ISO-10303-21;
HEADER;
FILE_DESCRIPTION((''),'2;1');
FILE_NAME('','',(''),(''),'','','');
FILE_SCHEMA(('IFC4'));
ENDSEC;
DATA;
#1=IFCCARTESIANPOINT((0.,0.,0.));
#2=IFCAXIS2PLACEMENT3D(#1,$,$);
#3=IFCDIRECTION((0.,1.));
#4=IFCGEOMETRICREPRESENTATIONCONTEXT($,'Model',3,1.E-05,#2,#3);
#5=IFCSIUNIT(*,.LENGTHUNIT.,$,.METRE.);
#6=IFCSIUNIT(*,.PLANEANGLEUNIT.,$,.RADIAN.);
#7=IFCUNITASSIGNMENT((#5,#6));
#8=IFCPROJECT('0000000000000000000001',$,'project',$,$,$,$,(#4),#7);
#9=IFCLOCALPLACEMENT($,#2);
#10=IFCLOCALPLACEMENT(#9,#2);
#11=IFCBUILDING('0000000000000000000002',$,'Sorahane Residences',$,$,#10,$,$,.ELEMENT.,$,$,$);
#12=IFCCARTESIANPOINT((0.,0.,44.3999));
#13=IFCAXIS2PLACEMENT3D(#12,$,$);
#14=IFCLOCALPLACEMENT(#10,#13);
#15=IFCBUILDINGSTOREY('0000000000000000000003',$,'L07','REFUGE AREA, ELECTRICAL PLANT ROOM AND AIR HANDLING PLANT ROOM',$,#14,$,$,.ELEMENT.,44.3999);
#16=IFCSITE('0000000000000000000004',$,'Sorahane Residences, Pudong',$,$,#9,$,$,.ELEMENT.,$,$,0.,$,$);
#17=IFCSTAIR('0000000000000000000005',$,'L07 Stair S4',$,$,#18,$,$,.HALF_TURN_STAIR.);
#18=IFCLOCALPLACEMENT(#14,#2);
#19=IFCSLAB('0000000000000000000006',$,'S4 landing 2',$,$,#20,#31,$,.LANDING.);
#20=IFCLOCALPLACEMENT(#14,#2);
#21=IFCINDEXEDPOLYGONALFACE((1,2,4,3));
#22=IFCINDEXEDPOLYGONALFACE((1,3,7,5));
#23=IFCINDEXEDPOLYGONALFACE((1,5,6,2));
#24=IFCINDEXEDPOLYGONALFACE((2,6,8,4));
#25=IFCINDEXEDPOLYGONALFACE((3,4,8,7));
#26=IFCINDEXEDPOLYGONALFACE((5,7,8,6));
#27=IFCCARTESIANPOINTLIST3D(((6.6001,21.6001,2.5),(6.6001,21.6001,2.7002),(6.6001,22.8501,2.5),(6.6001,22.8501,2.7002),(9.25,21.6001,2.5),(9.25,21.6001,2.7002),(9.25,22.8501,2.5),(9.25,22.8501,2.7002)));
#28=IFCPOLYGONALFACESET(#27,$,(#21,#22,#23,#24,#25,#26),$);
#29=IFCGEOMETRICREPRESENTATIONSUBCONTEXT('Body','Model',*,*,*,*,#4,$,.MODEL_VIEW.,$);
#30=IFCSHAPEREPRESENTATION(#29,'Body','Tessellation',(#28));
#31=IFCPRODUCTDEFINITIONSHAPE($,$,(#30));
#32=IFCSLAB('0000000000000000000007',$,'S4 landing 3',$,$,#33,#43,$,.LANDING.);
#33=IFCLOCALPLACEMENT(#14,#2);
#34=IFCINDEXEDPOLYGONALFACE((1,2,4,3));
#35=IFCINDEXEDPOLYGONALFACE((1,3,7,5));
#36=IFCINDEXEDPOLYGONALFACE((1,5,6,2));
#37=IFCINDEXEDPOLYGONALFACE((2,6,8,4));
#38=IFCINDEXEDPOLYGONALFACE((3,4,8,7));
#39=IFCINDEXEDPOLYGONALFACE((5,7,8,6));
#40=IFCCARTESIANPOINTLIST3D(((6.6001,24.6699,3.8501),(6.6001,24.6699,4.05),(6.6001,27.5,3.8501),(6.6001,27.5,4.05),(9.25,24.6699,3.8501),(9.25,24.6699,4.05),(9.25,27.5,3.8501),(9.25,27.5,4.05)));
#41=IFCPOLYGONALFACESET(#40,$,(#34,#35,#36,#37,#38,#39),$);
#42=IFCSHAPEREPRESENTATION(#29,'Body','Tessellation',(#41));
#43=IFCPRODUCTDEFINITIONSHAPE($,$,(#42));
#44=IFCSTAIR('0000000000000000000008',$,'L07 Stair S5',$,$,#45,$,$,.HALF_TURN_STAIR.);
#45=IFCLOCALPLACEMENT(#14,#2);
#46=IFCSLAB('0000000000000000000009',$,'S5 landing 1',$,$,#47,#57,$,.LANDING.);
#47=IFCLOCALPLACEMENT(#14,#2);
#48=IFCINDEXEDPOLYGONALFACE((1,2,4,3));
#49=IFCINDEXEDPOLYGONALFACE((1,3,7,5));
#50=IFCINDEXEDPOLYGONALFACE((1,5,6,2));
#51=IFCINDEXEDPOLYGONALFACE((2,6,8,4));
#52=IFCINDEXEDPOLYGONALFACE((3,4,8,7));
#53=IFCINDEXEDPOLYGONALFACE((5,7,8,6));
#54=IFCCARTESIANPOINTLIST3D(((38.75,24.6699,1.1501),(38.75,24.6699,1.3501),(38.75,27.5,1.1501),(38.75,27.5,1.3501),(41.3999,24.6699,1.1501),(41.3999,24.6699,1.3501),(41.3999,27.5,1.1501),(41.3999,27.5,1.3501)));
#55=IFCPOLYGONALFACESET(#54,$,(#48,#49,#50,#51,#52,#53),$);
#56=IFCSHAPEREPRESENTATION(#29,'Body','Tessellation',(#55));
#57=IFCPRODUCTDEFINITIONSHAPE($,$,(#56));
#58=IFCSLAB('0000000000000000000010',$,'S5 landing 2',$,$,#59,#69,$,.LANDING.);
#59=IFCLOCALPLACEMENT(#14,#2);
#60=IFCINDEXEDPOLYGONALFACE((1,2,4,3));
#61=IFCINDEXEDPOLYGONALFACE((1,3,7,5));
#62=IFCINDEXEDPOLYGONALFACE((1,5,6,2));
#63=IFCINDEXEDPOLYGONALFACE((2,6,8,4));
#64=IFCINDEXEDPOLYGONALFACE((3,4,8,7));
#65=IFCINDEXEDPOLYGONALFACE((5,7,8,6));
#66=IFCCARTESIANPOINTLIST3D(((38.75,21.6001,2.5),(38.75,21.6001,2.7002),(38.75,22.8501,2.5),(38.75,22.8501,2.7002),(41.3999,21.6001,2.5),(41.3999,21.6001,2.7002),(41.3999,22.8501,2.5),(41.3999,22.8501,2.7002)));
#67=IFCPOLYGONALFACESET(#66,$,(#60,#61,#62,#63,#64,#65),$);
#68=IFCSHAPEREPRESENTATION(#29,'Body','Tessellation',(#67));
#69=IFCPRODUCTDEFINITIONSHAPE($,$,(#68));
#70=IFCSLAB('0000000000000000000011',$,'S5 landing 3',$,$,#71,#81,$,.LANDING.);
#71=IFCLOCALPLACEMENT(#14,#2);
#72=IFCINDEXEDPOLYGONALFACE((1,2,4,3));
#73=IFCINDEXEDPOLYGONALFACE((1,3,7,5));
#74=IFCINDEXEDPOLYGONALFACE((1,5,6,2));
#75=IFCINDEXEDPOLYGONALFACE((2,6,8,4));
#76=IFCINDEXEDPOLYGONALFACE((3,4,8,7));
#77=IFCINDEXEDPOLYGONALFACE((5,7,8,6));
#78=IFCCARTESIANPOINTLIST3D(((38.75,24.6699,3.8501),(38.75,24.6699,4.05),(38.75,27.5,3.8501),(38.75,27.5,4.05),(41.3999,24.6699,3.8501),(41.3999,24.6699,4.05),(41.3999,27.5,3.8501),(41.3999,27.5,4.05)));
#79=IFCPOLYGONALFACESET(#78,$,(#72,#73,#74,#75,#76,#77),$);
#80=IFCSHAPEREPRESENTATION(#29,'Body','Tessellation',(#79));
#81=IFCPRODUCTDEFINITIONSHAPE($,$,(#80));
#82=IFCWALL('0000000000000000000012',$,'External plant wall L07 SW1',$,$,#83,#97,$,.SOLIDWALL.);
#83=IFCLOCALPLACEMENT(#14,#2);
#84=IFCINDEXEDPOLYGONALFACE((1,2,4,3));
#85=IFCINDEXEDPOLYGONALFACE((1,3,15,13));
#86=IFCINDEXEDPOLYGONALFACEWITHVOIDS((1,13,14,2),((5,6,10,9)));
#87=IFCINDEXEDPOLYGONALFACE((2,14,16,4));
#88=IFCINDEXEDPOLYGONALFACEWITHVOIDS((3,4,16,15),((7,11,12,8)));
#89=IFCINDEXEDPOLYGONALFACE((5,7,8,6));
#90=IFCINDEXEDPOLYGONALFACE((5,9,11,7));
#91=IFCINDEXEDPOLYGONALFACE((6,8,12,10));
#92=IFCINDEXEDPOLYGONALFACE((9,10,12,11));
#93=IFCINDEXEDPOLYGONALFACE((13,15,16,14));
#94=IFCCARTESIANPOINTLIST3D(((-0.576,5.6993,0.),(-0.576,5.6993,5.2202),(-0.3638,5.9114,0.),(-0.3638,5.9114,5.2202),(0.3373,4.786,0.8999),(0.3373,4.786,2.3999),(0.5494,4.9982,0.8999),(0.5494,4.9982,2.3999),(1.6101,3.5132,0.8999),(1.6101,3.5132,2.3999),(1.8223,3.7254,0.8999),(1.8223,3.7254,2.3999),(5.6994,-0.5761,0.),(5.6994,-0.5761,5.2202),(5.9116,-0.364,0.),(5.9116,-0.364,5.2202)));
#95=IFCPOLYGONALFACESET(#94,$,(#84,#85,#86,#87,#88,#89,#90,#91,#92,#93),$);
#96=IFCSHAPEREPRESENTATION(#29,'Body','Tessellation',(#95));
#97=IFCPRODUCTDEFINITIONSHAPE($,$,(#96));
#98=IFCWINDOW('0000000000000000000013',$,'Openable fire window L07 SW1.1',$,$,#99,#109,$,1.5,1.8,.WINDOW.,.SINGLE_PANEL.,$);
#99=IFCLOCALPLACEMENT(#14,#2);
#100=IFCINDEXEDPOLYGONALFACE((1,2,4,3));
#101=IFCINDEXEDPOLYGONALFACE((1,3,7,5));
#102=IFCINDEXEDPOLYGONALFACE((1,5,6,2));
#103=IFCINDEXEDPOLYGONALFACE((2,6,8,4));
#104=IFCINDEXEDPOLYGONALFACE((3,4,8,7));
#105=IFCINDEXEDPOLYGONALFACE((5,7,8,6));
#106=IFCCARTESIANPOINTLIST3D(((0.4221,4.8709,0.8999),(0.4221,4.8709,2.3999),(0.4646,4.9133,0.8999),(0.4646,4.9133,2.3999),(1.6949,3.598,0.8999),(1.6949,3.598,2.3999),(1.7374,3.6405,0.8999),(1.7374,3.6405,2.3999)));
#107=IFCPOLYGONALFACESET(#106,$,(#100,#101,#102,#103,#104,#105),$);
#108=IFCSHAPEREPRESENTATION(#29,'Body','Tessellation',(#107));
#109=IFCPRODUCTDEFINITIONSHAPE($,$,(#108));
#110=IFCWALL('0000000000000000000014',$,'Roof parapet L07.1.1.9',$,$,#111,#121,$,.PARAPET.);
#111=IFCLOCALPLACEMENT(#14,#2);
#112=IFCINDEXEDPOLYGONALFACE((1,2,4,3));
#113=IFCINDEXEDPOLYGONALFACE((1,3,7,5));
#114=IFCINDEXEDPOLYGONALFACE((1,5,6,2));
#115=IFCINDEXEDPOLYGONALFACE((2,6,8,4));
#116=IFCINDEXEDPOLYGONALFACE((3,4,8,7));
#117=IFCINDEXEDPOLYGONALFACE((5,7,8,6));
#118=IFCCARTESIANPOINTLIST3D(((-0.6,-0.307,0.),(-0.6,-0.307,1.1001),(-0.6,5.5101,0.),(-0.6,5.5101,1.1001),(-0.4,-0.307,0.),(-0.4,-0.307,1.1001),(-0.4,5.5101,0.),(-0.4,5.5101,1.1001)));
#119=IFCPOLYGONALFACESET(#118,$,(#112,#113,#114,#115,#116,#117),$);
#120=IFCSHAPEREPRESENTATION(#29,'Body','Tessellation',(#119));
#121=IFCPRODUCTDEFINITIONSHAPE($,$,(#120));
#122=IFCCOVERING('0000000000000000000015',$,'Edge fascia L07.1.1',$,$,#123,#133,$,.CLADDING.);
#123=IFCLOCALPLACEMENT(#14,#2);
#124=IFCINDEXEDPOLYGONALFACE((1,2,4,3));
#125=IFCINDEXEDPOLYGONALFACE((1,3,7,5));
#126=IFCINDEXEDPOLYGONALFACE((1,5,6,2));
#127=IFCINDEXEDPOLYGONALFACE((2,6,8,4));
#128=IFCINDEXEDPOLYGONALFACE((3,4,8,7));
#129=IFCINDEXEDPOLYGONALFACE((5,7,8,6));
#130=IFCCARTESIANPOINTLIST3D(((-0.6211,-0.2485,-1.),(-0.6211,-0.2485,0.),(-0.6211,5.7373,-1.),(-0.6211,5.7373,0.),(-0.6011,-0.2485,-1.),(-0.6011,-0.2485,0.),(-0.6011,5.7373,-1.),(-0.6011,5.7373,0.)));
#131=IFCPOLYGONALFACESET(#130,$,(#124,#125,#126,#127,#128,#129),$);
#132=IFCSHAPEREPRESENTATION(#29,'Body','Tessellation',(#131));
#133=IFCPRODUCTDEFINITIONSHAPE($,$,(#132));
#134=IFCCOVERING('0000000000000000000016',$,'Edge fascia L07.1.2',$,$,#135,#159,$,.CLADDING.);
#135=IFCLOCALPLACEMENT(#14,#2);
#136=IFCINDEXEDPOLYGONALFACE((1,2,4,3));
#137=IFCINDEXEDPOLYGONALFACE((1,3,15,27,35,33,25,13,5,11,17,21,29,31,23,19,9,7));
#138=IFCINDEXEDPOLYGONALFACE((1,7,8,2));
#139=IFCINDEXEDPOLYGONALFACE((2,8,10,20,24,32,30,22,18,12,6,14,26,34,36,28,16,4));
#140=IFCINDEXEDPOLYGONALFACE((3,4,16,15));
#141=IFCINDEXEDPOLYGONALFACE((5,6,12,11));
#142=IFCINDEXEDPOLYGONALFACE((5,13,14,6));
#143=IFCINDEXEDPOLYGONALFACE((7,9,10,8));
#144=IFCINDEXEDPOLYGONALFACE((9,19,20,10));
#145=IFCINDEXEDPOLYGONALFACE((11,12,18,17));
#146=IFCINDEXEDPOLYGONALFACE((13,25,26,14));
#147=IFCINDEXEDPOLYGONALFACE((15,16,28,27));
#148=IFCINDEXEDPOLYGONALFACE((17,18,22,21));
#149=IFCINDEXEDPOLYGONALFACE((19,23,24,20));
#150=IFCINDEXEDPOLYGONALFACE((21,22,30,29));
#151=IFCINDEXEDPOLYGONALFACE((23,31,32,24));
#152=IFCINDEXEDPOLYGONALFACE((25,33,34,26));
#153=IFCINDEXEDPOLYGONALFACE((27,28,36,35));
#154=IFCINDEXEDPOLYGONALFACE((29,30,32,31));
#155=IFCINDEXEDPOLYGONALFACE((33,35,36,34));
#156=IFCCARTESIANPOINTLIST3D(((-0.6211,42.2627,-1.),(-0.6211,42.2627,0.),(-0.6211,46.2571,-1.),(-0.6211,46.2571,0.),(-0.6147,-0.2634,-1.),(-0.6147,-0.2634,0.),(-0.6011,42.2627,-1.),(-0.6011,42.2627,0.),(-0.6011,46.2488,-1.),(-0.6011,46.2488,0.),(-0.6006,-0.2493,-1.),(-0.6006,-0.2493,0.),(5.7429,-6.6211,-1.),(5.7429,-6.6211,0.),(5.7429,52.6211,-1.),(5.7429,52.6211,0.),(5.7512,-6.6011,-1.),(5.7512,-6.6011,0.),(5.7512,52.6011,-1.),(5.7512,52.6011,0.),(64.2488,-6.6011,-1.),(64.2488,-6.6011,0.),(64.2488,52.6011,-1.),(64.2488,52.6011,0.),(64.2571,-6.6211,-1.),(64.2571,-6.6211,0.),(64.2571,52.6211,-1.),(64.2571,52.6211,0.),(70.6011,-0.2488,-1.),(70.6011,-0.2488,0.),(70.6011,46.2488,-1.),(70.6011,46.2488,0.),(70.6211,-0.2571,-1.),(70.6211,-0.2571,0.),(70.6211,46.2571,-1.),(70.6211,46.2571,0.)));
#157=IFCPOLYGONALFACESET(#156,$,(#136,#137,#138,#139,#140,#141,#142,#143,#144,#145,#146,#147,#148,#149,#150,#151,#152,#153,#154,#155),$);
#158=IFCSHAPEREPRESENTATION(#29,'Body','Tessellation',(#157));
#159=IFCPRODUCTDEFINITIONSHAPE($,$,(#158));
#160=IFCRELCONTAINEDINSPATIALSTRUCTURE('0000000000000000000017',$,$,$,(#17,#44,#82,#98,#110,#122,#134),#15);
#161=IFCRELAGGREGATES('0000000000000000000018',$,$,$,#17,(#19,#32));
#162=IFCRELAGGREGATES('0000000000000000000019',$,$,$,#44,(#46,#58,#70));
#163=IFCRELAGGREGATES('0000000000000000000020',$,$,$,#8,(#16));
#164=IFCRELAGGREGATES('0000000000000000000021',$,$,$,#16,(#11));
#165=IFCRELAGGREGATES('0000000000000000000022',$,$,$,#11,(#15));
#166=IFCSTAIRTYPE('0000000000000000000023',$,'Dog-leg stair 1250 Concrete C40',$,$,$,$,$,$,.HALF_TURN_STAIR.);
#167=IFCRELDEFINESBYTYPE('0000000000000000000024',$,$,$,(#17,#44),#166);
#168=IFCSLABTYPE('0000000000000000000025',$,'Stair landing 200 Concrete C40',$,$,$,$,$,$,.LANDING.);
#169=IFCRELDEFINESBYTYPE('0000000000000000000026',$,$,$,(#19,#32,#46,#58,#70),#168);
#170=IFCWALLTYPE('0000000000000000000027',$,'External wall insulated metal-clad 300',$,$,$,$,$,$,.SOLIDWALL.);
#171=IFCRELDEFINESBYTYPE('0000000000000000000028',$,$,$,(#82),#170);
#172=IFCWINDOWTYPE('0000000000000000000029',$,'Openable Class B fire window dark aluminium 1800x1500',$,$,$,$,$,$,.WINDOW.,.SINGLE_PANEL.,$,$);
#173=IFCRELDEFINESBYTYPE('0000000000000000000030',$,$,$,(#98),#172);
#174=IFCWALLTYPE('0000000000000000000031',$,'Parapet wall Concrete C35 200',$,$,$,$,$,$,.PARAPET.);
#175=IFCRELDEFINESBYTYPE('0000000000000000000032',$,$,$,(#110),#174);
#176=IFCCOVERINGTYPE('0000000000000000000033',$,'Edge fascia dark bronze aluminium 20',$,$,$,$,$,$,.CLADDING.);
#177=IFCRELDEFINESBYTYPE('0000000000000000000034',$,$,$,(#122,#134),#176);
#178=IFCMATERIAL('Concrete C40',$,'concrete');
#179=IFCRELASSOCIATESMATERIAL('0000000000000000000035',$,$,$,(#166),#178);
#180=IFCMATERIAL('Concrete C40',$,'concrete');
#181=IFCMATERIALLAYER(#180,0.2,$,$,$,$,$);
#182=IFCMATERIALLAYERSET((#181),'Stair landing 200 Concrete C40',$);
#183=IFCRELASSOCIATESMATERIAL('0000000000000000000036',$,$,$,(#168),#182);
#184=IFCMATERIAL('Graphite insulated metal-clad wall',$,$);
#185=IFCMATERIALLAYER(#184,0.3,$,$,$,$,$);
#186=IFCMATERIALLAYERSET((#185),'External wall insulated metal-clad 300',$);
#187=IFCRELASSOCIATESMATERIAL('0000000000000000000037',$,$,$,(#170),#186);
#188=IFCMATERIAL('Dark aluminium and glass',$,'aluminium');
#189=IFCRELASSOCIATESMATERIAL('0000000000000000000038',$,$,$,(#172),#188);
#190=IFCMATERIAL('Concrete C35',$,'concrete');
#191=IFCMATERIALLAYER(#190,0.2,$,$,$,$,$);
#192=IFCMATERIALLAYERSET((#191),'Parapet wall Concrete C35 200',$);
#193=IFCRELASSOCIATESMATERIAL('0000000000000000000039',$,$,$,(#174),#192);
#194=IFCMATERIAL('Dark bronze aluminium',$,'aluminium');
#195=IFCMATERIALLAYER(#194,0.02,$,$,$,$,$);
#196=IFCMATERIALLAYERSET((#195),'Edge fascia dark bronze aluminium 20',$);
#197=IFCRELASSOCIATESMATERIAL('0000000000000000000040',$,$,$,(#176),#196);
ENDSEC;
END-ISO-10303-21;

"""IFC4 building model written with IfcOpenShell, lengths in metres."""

from ifc_helpers import new_model, si_unit, direction, frame, frame_2d, origin, place, context, subcontext, project, spatial, polyline, rectangle, outline, extrude, material, layer, layer_set, type_object, element, fill, aggregate, save


model = new_model("IFC4")

# Units and contexts
model_context = context("Model", 3, precision=1e-05, world=origin(), true_north=direction((0.0, 1.0)))
body_context = subcontext(model_context, "Body", "Model", "MODEL_VIEW")
ifc_project = project(units=[si_unit("LENGTHUNIT", "METRE"), si_unit("PLANEANGLEUNIT", "RADIAN")], contexts=[model_context])

# Site, building, storey
site_placement = place(None, origin())
site = spatial("IfcSite", under=ifc_project, at=site_placement, Name="Sorahane Residences, Pudong", CompositionType="ELEMENT", RefElevation=0.0)
building_placement = place(site_placement, origin())
building = spatial("IfcBuilding", under=site, at=building_placement, Name="Sorahane Residences", CompositionType="ELEMENT")
storey_placement = place(building_placement, frame((0.0, 0.0, 44.3999)))
storey = spatial("IfcBuildingStorey", under=building, at=storey_placement, Name="L07", Description="REFUGE AREA, ELECTRICAL PLANT ROOM AND AIR HANDLING PLANT ROOM", CompositionType="ELEMENT", Elevation=44.3999)

# Shared definitions
ifc_material_1 = material(Name="Concrete C40", Category="concrete")
stair_type = type_object("IfcStairType", Name="Dog-leg stair 1250 Concrete C40", PredefinedType="HALF_TURN_STAIR", material=ifc_material_1)
ifc_material_2 = material(Name="Concrete C40", Category="concrete")
ifc_layer_1 = layer(ifc_material_2, 0.2)
ifc_layer_set_1 = layer_set([ifc_layer_1], Name="Stair landing 200 Concrete C40")
slab_type_1 = type_object("IfcSlabType", Name="Stair landing 200 Concrete C40", PredefinedType="LANDING", material=ifc_layer_set_1)

# Stairs, slabs
stair_1_placement = place(storey_placement, origin())
stair_1 = element("IfcStair", 1, at=stair_1_placement, inside=storey, type_object=stair_type, Name="L07 Stair S4", PredefinedType="HALF_TURN_STAIR")
slab_1_placement = place(storey_placement, frame((0.0, 0.0, 2.5)))
slab_1 = element("IfcSlab", 2, at=slab_1_placement, type_object=slab_type_1, Name="S4 landing 2", PredefinedType="LANDING", context=body_context, shape_type="SweptSolid", body=[
    extrude(outline(polyline([(9.25, 21.6001), (9.25, 22.8501), (6.6001, 22.8501), (6.6001, 21.6001), (9.25, 21.6001)])), origin(), (0.0, 0.0, 1.0), 0.2002),
])
slab_2_placement = place(storey_placement, frame((0.0, 0.0, 3.8501)))
slab_2 = element("IfcSlab", 3, at=slab_2_placement, type_object=slab_type_1, Name="S4 landing 3", PredefinedType="LANDING", context=body_context, shape_type="SweptSolid", body=[
    extrude(outline(polyline([(9.25, 24.6699), (9.25, 27.5), (6.6001, 27.5), (6.6001, 24.6699), (9.25, 24.6699)])), origin(), (0.0, 0.0, 1.0), 0.2),
])
aggregate(stair_1, [slab_1, slab_2])
stair_2_placement = place(storey_placement, origin())
stair_2 = element("IfcStair", 4, at=stair_2_placement, inside=storey, type_object=stair_type, Name="L07 Stair S5", PredefinedType="HALF_TURN_STAIR")
slab_3_placement = place(storey_placement, frame((0.0, 0.0, 1.1501)))
slab_3 = element("IfcSlab", 5, at=slab_3_placement, type_object=slab_type_1, Name="S5 landing 1", PredefinedType="LANDING", context=body_context, shape_type="SweptSolid", body=[
    extrude(outline(polyline([(41.3999, 24.6699), (41.3999, 27.5), (38.75, 27.5), (38.75, 24.6699), (41.3999, 24.6699)])), origin(), (0.0, 0.0, 1.0), 0.2),
])
slab_4_placement = place(storey_placement, frame((0.0, 0.0, 2.5)))
slab_4 = element("IfcSlab", 6, at=slab_4_placement, type_object=slab_type_1, Name="S5 landing 2", PredefinedType="LANDING", context=body_context, shape_type="SweptSolid", body=[
    extrude(outline(polyline([(41.3999, 21.6001), (41.3999, 22.8501), (38.75, 22.8501), (38.75, 21.6001), (41.3999, 21.6001)])), origin(), (0.0, 0.0, 1.0), 0.2002),
])
slab_5_placement = place(storey_placement, frame((0.0, 0.0, 3.8501)))
slab_5 = element("IfcSlab", 7, at=slab_5_placement, type_object=slab_type_1, Name="S5 landing 3", PredefinedType="LANDING", context=body_context, shape_type="SweptSolid", body=[
    extrude(outline(polyline([(41.3999, 24.6699), (41.3999, 27.5), (38.75, 27.5), (38.75, 24.6699), (41.3999, 24.6699)])), origin(), (0.0, 0.0, 1.0), 0.2),
])
aggregate(stair_2, [slab_3, slab_4, slab_5])

# Wall, opening, window
ifc_material_3 = material(Name="Graphite insulated metal-clad wall")
ifc_layer_2 = layer(ifc_material_3, 0.3)
ifc_layer_set_2 = layer_set([ifc_layer_2], Name="External wall insulated metal-clad 300")
wall_type_1 = type_object("IfcWallType", Name="External wall insulated metal-clad 300", PredefinedType="SOLIDWALL", material=ifc_layer_set_2)
wall_1_placement = place(storey_placement, frame((-0.47, 5.8054, 0.0), z_axis=(0.0, 0.0, 1.0), x_axis=(0.707107, -0.707107, 0.0)))
wall_1 = element("IfcWall", 8, at=wall_1_placement, inside=storey, type_object=wall_type_1, Name="External plant wall L07 SW1", PredefinedType="SOLIDWALL", context=body_context, shape_type="SweptSolid", body=[
    extrude(rectangle(XDim=8.8748, YDim=0.3, at=frame_2d((4.4375, 0.0))), origin(), (0.0, 0.0, 1.0), 5.2202),
])
opening_1_placement = place(wall_1_placement, frame((1.2917, 0.0, 0.8999)))
opening_1 = element("IfcOpeningElement", 9, at=opening_1_placement, cuts=wall_1, PredefinedType="OPENING", context=body_context, shape_type="SweptSolid", body=[
    extrude(rectangle(XDim=1.8, YDim=1.5, at=frame_2d((0.8999, 0.75))), frame((0.0, 0.1599, 0.0), z_axis=(0.0, -1.0, 0.0), x_axis=(1.0, 0.0, 0.0)), (0.0, 0.0, 1.0), 0.3201),
])
ifc_material_4 = material(Name="Dark aluminium and glass", Category="aluminium")
window_type_1 = type_object("IfcWindowType", Name="Openable Class B fire window dark aluminium 1800x1500", PartitioningType="SINGLE_PANEL", PredefinedType="WINDOW", material=ifc_material_4)
window_1_placement = place(opening_1_placement, origin())
window_1 = element("IfcWindow", 10, at=window_1_placement, inside=storey, type_object=window_type_1, Name="Openable fire window L07 SW1.1", OverallHeight=1.5, OverallWidth=1.8, PartitioningType="SINGLE_PANEL", PredefinedType="WINDOW", context=body_context, shape_type="SweptSolid", body=[
    extrude(rectangle(XDim=1.8, YDim=1.5, at=frame_2d((0.8999, 0.75))), frame((0.0, 0.03, 0.0), z_axis=(0.0, -1.0, 0.0), x_axis=(1.0, 0.0, 0.0)), (0.0, 0.0, 1.0), 0.0601),
])
fill(opening_1, window_1)

# Wall
ifc_material_5 = material(Name="Concrete C35", Category="concrete")
ifc_layer_3 = layer(ifc_material_5, 0.2)
ifc_layer_set_3 = layer_set([ifc_layer_3], Name="Parapet wall Concrete C35 200")
wall_type_2 = type_object("IfcWallType", Name="Parapet wall Concrete C35 200", PredefinedType="PARAPET", material=ifc_layer_set_3)
wall_2_placement = place(storey_placement, frame((-0.5, -0.3071, 0.0), z_axis=(0.0, 0.0, 1.0), x_axis=(0.0, 1.0, 0.0)))
element("IfcWall", 11, at=wall_2_placement, inside=storey, type_object=wall_type_2, Name="Roof parapet L07.1.1.9", PredefinedType="PARAPET", context=body_context, shape_type="SweptSolid", body=[
    extrude(rectangle(XDim=5.8171, YDim=0.2, at=frame_2d((2.9087, 0.0))), origin(), (0.0, 0.0, 1.0), 1.1001),
])

# Coverings
ifc_material_6 = material(Name="Dark bronze aluminium", Category="aluminium")
ifc_layer_4 = layer(ifc_material_6, 0.02)
ifc_layer_set_4 = layer_set([ifc_layer_4], Name="Edge fascia dark bronze aluminium 20")
covering_type_1 = type_object("IfcCoveringType", Name="Edge fascia dark bronze aluminium 20", PredefinedType="CLADDING", material=ifc_layer_set_4)
covering_1_placement = place(storey_placement, frame((0.0, 0.0, -1.0)))
element("IfcCovering", 12, at=covering_1_placement, inside=storey, type_object=covering_type_1, Name="Edge fascia L07.1.1", PredefinedType="CLADDING", context=body_context, shape_type="SweptSolid", body=[
    extrude(outline(polyline([(-0.6211, 5.7373), (-0.6011, 5.7373), (-0.6011, -0.2485), (-0.6211, -0.2485), (-0.6211, 5.7373)])), origin(), (0.0, 0.0, 1.0), 1.0),
])
covering_2_placement = place(storey_placement, frame((0.0, 0.0, -1.0)))
element("IfcCovering", 13, at=covering_2_placement, inside=storey, type_object=covering_type_1, Name="Edge fascia L07.1.2", PredefinedType="CLADDING", context=body_context, shape_type="SweptSolid", body=[
    extrude(outline(polyline([(-0.6211, 46.2571), (5.7429, 52.6211), (64.2571, 52.6211), (70.6211, 46.2571), (70.6211, -0.2571), (64.2571, -6.6211), (5.7429, -6.6211), (-0.6147, -0.2634), (-0.6006, -0.2493), (5.7512, -6.6011), (64.2488, -6.6011), (70.6011, -0.2488), (70.6011, 46.2488), (64.2488, 52.6011), (5.7512, 52.6011), (-0.6011, 46.2488), (-0.6011, 42.2627), (-0.6211, 42.2627), (-0.6211, 46.2571)])), origin(), (0.0, 0.0, 1.0), 1.0),
])

save(model, "model.ifc")
